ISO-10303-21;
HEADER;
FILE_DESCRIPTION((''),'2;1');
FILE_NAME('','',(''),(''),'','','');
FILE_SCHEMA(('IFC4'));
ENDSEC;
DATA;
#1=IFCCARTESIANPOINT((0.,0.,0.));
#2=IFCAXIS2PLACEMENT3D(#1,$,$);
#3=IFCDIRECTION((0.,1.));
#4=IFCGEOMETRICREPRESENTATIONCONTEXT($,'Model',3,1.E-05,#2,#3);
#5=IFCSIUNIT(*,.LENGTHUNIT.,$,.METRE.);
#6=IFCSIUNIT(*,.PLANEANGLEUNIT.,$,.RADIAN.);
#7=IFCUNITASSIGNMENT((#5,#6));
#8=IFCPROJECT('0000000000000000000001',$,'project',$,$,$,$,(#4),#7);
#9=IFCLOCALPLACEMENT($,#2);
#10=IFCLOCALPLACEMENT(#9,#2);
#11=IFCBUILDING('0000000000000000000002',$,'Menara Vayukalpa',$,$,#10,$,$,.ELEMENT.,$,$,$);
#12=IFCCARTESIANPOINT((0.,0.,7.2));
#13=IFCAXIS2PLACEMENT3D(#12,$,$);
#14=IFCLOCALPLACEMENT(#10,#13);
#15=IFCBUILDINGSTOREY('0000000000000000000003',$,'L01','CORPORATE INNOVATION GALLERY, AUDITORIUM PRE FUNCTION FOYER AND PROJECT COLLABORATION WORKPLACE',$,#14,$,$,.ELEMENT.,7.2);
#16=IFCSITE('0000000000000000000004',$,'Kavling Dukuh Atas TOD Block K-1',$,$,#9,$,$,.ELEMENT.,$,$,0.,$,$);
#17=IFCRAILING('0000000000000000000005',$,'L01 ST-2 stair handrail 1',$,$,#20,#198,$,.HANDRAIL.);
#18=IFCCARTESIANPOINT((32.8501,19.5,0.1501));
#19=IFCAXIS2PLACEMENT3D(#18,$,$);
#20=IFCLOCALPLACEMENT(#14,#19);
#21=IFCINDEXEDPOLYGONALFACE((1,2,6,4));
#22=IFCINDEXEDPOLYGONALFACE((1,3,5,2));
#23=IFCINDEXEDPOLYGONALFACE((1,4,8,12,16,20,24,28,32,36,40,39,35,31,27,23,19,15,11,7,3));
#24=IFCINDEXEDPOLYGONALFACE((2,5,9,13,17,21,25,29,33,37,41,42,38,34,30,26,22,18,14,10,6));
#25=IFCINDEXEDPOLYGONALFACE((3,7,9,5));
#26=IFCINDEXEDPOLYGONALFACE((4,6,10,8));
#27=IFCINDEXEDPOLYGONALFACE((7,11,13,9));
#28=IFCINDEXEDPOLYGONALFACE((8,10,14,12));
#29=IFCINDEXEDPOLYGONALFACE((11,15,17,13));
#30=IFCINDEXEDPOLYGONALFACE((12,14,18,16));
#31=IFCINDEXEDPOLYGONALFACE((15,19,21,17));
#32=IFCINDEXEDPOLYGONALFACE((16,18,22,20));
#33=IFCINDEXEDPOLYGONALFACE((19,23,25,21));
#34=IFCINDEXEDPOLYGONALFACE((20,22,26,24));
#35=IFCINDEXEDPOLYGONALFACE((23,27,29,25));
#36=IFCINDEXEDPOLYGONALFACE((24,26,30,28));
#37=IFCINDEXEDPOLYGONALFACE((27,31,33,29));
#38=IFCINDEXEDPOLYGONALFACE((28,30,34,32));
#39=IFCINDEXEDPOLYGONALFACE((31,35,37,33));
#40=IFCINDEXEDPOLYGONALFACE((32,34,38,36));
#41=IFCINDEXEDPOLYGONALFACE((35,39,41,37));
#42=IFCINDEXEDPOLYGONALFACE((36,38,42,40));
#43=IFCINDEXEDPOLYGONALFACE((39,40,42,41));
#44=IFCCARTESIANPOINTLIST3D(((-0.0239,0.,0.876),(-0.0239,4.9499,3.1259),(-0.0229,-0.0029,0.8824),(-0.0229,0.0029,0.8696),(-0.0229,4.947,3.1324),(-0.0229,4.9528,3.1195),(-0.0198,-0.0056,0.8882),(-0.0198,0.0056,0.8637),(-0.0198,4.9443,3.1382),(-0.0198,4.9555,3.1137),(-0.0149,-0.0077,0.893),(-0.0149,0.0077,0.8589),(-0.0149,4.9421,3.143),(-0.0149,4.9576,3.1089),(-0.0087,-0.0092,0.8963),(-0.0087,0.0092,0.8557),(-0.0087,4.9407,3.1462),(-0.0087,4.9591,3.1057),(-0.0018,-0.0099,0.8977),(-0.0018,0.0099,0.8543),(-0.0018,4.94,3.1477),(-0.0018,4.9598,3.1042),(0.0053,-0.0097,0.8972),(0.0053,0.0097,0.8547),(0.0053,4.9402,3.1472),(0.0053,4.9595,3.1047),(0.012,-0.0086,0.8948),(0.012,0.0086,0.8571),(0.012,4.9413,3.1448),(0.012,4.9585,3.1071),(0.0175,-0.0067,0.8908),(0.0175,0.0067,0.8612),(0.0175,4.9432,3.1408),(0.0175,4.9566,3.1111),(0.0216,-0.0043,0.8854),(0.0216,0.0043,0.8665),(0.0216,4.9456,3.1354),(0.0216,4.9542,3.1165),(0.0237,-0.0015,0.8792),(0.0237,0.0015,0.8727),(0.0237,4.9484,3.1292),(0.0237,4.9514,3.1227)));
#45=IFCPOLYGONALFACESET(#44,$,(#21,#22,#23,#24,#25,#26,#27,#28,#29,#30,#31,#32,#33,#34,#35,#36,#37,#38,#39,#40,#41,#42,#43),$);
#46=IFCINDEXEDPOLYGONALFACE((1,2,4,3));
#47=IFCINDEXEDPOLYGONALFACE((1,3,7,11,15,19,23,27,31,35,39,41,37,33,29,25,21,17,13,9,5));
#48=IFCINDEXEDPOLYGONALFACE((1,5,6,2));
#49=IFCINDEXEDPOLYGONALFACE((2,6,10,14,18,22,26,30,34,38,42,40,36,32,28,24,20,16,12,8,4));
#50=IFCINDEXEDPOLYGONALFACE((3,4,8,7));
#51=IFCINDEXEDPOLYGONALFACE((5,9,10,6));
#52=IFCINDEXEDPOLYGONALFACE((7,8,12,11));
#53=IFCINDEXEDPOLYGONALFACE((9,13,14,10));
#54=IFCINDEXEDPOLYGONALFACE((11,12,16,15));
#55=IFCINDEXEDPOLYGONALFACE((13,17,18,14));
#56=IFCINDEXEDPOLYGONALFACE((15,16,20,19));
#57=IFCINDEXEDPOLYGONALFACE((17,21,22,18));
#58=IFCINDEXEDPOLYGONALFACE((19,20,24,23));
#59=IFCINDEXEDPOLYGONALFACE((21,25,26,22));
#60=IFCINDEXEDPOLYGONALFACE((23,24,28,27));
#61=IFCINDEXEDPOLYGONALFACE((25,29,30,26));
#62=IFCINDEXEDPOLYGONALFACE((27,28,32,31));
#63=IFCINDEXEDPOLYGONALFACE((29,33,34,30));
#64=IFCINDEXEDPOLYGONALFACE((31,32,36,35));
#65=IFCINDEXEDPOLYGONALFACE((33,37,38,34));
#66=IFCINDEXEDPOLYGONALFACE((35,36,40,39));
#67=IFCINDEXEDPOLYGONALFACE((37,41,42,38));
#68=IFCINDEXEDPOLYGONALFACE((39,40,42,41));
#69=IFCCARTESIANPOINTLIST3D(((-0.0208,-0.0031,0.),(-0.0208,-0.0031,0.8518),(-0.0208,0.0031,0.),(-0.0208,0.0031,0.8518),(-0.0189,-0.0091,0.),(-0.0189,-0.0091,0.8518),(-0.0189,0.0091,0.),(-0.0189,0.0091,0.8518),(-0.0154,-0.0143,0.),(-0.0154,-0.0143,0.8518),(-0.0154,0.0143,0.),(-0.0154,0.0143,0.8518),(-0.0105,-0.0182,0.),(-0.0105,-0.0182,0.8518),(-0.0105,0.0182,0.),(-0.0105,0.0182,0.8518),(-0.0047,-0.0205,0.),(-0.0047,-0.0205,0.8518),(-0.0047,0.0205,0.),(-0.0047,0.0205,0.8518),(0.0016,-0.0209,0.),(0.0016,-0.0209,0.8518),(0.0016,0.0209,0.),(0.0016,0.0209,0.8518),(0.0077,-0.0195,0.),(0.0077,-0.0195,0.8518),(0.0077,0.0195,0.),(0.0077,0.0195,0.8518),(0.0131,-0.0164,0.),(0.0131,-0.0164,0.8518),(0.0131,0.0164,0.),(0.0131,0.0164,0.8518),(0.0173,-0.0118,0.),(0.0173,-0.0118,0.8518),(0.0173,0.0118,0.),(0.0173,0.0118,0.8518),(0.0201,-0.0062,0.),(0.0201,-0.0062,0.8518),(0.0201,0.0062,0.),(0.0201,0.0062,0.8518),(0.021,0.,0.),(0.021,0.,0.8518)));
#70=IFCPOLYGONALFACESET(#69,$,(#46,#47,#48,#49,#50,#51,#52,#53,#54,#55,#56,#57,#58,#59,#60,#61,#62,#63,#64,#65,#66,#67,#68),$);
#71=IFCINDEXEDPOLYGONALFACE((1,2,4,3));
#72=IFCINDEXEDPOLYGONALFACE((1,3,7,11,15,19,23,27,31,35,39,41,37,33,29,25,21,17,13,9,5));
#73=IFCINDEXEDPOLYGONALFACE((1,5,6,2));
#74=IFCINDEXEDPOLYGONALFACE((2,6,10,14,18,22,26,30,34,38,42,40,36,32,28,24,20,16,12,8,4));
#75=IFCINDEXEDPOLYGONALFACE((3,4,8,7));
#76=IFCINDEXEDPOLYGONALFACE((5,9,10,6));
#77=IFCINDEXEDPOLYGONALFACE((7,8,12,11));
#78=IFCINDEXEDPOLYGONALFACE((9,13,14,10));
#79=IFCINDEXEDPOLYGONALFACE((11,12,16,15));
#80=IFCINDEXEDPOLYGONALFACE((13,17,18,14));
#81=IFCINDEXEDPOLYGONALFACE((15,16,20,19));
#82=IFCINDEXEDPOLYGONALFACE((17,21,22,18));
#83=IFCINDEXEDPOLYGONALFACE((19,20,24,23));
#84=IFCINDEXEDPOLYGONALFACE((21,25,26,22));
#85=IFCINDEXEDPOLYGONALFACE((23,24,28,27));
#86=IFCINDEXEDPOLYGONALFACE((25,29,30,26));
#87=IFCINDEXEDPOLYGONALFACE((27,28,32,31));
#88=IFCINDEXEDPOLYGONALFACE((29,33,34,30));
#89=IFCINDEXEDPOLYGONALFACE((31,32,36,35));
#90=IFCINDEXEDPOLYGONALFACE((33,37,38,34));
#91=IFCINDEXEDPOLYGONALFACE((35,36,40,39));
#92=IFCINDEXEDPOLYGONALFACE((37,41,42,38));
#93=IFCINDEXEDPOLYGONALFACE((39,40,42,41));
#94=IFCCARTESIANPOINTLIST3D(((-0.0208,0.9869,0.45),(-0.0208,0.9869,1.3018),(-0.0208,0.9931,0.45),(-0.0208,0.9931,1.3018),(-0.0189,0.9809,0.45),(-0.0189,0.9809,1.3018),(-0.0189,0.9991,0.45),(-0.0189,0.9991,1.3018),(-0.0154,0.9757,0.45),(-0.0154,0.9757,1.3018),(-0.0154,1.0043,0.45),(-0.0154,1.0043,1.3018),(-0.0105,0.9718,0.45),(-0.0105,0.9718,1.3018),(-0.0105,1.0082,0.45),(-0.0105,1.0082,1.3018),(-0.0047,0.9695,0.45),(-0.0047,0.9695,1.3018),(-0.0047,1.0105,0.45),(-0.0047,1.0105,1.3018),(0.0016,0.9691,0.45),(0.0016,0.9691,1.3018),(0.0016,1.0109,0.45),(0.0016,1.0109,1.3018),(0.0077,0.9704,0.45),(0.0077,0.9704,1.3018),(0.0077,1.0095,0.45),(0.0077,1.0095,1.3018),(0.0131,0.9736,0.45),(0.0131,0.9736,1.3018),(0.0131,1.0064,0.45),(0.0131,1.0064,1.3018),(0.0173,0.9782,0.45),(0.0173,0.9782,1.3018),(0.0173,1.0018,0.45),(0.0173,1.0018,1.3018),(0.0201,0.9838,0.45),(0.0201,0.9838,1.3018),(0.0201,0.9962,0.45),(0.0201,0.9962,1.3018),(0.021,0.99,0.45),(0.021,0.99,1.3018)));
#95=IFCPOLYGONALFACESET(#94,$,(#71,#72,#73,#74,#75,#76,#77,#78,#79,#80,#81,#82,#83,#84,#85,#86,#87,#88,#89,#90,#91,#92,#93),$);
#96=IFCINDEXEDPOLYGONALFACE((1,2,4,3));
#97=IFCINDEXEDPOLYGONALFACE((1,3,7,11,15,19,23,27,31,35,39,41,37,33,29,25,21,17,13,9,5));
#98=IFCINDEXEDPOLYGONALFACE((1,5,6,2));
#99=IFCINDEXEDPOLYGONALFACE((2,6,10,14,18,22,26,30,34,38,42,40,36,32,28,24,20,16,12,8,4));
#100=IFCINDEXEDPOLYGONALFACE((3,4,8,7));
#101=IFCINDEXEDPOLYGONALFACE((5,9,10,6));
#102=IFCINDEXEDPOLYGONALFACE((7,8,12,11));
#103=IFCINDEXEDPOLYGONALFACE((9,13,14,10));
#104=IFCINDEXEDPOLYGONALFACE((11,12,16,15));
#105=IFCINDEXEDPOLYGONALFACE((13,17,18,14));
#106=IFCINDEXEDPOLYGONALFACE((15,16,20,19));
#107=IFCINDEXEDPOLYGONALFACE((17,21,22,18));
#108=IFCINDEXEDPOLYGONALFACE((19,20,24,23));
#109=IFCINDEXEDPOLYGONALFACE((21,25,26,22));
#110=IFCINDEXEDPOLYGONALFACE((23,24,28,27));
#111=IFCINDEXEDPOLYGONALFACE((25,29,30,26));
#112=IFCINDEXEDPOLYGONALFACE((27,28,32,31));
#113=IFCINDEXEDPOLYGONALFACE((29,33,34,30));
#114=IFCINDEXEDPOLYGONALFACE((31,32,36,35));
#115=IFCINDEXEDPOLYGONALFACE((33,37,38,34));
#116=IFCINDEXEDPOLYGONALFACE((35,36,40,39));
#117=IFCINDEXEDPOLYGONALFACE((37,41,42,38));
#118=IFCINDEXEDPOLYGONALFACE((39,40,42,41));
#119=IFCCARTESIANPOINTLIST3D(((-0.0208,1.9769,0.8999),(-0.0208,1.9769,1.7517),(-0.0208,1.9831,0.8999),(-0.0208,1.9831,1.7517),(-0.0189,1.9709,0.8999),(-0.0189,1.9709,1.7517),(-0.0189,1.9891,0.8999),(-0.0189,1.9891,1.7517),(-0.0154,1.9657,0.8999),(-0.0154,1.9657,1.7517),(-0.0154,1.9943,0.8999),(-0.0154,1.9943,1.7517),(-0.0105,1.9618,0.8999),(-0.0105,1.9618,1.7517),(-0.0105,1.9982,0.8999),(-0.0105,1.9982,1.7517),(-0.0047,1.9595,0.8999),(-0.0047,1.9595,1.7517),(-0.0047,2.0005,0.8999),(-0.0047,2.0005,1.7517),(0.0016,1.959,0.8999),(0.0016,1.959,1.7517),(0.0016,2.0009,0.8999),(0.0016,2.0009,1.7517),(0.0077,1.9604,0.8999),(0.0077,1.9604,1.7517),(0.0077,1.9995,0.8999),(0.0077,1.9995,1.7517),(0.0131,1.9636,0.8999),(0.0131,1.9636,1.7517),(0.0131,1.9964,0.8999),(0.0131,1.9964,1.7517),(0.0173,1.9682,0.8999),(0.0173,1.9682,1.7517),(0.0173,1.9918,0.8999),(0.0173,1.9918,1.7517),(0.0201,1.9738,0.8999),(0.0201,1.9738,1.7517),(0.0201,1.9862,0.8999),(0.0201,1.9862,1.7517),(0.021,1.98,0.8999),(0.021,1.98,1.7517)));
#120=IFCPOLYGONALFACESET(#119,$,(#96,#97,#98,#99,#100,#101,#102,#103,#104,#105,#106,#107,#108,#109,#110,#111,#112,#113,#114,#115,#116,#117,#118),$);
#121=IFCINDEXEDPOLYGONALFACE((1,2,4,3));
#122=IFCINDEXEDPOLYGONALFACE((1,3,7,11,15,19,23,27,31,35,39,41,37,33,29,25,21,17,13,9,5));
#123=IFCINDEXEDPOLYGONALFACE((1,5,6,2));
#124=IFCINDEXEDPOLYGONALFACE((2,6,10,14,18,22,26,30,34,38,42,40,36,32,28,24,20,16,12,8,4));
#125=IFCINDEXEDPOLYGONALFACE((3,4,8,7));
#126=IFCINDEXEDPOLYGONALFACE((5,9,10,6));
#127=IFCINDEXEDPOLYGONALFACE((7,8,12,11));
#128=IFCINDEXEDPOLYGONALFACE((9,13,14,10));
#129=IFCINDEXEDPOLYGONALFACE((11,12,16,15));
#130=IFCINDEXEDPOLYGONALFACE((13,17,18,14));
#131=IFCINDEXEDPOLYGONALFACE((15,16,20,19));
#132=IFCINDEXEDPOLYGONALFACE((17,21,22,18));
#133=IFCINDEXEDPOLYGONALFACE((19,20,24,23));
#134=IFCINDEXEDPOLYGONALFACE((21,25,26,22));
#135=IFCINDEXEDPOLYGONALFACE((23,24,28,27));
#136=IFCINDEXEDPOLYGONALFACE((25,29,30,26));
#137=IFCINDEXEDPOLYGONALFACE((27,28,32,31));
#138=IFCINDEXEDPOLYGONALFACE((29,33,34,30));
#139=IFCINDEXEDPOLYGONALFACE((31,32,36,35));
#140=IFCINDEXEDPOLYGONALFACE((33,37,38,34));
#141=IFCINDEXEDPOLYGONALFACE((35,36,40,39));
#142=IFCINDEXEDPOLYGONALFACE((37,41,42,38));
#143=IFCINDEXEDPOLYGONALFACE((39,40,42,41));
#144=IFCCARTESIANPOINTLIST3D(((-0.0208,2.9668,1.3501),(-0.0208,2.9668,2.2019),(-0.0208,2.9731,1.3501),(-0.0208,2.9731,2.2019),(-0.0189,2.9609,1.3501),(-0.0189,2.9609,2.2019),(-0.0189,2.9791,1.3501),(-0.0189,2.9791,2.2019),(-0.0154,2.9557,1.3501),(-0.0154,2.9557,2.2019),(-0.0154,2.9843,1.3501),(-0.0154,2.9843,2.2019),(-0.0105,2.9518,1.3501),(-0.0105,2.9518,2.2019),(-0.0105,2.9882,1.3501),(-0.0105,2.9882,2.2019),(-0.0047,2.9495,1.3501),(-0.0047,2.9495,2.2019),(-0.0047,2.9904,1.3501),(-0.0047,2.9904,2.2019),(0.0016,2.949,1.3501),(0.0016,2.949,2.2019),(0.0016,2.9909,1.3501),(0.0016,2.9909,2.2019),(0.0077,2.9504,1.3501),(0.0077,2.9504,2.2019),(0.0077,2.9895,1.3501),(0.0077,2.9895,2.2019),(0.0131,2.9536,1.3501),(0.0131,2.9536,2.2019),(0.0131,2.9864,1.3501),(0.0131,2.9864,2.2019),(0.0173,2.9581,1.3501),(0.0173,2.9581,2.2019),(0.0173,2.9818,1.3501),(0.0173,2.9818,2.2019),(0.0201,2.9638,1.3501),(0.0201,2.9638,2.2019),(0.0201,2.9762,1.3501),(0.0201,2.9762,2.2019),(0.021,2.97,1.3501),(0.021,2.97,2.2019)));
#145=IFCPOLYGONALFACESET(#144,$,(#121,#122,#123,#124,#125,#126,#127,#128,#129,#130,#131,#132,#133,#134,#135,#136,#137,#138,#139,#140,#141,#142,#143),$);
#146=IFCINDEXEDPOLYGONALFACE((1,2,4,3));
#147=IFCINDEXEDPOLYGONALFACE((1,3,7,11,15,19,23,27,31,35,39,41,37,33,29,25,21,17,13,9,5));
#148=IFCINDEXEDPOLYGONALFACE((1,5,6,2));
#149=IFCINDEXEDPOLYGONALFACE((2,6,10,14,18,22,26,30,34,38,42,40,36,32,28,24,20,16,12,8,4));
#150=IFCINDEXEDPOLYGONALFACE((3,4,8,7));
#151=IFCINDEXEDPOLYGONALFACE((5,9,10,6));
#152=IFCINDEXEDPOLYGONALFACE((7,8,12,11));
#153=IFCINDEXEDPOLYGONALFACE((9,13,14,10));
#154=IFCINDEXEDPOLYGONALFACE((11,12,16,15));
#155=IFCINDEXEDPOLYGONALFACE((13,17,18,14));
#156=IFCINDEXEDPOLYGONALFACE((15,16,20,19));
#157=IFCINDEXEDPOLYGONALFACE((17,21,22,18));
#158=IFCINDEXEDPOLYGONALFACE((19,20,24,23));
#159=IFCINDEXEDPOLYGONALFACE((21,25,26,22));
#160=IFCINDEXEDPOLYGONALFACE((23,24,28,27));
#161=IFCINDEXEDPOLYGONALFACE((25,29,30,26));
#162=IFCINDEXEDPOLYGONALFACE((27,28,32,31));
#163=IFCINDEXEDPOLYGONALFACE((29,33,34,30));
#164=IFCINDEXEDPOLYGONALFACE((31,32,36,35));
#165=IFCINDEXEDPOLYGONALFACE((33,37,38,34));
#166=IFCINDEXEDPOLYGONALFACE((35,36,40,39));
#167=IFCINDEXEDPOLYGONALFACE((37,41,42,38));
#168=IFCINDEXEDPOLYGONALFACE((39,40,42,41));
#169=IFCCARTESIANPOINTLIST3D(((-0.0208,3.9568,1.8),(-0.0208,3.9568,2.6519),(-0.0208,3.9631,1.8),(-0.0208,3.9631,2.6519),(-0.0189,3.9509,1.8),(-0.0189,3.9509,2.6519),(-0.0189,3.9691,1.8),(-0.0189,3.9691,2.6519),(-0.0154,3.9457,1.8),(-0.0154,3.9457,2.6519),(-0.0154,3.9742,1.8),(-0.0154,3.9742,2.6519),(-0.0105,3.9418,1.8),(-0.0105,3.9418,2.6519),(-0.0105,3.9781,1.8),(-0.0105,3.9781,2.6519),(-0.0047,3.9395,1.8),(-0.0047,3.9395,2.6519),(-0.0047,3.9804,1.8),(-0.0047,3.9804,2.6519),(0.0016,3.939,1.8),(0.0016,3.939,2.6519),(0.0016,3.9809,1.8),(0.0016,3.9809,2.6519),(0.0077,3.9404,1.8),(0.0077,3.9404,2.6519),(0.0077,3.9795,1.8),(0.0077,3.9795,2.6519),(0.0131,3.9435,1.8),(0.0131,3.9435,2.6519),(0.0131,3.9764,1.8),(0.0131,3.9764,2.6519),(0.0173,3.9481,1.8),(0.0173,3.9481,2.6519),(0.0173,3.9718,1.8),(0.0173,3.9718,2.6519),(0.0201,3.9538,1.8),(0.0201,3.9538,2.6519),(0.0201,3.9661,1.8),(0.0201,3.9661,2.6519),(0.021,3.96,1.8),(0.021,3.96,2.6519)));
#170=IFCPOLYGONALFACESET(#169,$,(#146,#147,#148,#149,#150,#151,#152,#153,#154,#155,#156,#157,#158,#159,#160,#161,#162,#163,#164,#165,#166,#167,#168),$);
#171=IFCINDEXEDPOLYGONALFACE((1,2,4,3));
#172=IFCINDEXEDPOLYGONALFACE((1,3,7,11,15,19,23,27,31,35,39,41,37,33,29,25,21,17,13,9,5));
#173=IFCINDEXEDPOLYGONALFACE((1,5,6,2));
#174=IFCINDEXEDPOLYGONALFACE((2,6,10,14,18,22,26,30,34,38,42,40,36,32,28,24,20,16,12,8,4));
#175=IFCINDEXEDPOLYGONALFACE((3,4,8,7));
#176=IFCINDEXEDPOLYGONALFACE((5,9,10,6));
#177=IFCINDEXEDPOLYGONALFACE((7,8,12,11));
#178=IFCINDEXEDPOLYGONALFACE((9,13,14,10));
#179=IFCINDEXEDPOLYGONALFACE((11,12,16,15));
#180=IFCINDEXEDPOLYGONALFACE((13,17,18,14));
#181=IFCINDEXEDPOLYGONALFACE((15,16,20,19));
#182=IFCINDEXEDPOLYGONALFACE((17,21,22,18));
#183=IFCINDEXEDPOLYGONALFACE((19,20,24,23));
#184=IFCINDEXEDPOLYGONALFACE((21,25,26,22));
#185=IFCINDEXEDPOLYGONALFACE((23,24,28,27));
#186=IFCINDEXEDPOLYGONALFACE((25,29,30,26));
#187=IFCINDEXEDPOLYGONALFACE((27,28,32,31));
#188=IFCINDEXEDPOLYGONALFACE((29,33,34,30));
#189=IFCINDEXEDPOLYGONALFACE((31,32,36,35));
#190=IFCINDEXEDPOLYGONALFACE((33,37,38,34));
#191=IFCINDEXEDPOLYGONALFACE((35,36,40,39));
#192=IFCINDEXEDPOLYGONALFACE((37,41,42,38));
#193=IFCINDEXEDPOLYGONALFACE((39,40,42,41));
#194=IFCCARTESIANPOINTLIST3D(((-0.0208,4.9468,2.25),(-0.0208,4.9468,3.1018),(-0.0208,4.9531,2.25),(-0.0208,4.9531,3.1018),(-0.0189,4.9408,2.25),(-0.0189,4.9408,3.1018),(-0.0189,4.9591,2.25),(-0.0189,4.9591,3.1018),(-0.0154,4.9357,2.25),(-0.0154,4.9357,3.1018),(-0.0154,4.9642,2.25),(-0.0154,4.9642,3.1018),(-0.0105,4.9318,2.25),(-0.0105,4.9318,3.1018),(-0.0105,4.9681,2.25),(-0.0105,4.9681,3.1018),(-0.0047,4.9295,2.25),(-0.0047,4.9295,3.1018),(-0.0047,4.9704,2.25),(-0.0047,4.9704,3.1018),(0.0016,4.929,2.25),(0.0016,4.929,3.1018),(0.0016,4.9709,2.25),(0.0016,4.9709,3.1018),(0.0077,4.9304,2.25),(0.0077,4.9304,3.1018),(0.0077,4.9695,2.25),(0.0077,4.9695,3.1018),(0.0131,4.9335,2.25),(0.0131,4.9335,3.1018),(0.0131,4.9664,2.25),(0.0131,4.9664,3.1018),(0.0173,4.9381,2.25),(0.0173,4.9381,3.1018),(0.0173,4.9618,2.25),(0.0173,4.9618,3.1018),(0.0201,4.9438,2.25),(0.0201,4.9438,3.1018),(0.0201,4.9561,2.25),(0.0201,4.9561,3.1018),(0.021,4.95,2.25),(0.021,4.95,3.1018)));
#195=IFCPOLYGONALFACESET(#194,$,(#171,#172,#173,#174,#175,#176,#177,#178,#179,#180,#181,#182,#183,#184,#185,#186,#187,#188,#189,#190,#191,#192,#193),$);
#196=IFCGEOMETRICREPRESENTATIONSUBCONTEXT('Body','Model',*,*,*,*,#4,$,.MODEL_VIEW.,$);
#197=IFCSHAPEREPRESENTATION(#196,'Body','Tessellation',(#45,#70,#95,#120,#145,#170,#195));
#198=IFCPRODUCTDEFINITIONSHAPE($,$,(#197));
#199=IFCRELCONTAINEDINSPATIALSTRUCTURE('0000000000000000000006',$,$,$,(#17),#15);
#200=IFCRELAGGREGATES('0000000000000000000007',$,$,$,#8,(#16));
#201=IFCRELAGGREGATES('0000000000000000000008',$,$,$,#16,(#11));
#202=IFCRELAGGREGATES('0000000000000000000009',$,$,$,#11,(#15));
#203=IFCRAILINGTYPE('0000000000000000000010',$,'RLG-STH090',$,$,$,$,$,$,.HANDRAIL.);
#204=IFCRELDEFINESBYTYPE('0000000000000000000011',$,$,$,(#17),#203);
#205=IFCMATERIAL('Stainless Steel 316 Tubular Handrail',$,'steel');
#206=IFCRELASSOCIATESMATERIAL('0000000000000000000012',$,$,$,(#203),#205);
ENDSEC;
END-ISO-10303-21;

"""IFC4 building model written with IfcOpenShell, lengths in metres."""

from ifc_helpers import new_model, si_unit, direction, frame, origin, origin_2d, place, context, subcontext, project, spatial, circle, extrude, material, type_object, element, save


model = new_model("IFC4")

# Units and contexts
model_context = context("Model", 3, precision=1e-05, world=origin(), true_north=direction((0.0, 1.0)))
body_context = subcontext(model_context, "Body", "Model", "MODEL_VIEW")
ifc_project = project(units=[si_unit("LENGTHUNIT", "METRE"), si_unit("PLANEANGLEUNIT", "RADIAN")], contexts=[model_context])

# Site, building, storey
site_placement = place(None, origin())
site = spatial("IfcSite", under=ifc_project, at=site_placement, Name="Kavling Dukuh Atas TOD Block K-1", CompositionType="ELEMENT", RefElevation=0.0)
building_placement = place(site_placement, origin())
building = spatial("IfcBuilding", under=site, at=building_placement, Name="Menara Vayukalpa", CompositionType="ELEMENT")
storey_placement = place(building_placement, frame((0.0, 0.0, 7.2)))
storey = spatial("IfcBuildingStorey", under=building, at=storey_placement, Name="L01", Description="CORPORATE INNOVATION GALLERY, AUDITORIUM PRE FUNCTION FOYER AND PROJECT COLLABORATION WORKPLACE", CompositionType="ELEMENT", Elevation=7.2)

# Railing
ifc_material_1 = material(Name="Stainless Steel 316 Tubular Handrail", Category="steel")
railing_type_1 = type_object("IfcRailingType", Name="RLG-STH090", PredefinedType="HANDRAIL", material=ifc_material_1)
for number, where, name in (
    (1, (32.8501, 19.5, 0.1501), "L01 ST-2 stair handrail 1"),
):
    element("IfcRailing", number, at=place(storey_placement, frame(where)), inside=storey, type_object=railing_type_1, Name=name, PredefinedType="HANDRAIL", context=body_context, shape_type="SweptSolid", body=[
        extrude(circle(Radius=0.0239, at=origin_2d()), frame((0.0, 0.0, 0.876), z_axis=(0.0, 0.910365, 0.413806), x_axis=(-1.0, 0.0, 0.0)), (0.0, 0.0, 1.0), 5.4373),
        extrude(circle(Radius=0.021, at=origin_2d()), origin(), (0.0, 0.0, 1.0), 0.8518),
        extrude(circle(Radius=0.021, at=origin_2d()), frame((0.0, 0.99, 0.45)), (0.0, 0.0, 1.0), 0.8518),
        extrude(circle(Radius=0.021, at=origin_2d()), frame((0.0, 1.98, 0.8999)), (0.0, 0.0, 1.0), 0.8518),
        extrude(circle(Radius=0.021, at=origin_2d()), frame((0.0, 2.97, 1.3501)), (0.0, 0.0, 1.0), 0.8518),
        extrude(circle(Radius=0.021, at=origin_2d()), frame((0.0, 3.96, 1.8)), (0.0, 0.0, 1.0), 0.8518),
        extrude(circle(Radius=0.021, at=origin_2d()), frame((0.0, 4.95, 2.25)), (0.0, 0.0, 1.0), 0.8518),
    ])

save(model, "model.ifc")
